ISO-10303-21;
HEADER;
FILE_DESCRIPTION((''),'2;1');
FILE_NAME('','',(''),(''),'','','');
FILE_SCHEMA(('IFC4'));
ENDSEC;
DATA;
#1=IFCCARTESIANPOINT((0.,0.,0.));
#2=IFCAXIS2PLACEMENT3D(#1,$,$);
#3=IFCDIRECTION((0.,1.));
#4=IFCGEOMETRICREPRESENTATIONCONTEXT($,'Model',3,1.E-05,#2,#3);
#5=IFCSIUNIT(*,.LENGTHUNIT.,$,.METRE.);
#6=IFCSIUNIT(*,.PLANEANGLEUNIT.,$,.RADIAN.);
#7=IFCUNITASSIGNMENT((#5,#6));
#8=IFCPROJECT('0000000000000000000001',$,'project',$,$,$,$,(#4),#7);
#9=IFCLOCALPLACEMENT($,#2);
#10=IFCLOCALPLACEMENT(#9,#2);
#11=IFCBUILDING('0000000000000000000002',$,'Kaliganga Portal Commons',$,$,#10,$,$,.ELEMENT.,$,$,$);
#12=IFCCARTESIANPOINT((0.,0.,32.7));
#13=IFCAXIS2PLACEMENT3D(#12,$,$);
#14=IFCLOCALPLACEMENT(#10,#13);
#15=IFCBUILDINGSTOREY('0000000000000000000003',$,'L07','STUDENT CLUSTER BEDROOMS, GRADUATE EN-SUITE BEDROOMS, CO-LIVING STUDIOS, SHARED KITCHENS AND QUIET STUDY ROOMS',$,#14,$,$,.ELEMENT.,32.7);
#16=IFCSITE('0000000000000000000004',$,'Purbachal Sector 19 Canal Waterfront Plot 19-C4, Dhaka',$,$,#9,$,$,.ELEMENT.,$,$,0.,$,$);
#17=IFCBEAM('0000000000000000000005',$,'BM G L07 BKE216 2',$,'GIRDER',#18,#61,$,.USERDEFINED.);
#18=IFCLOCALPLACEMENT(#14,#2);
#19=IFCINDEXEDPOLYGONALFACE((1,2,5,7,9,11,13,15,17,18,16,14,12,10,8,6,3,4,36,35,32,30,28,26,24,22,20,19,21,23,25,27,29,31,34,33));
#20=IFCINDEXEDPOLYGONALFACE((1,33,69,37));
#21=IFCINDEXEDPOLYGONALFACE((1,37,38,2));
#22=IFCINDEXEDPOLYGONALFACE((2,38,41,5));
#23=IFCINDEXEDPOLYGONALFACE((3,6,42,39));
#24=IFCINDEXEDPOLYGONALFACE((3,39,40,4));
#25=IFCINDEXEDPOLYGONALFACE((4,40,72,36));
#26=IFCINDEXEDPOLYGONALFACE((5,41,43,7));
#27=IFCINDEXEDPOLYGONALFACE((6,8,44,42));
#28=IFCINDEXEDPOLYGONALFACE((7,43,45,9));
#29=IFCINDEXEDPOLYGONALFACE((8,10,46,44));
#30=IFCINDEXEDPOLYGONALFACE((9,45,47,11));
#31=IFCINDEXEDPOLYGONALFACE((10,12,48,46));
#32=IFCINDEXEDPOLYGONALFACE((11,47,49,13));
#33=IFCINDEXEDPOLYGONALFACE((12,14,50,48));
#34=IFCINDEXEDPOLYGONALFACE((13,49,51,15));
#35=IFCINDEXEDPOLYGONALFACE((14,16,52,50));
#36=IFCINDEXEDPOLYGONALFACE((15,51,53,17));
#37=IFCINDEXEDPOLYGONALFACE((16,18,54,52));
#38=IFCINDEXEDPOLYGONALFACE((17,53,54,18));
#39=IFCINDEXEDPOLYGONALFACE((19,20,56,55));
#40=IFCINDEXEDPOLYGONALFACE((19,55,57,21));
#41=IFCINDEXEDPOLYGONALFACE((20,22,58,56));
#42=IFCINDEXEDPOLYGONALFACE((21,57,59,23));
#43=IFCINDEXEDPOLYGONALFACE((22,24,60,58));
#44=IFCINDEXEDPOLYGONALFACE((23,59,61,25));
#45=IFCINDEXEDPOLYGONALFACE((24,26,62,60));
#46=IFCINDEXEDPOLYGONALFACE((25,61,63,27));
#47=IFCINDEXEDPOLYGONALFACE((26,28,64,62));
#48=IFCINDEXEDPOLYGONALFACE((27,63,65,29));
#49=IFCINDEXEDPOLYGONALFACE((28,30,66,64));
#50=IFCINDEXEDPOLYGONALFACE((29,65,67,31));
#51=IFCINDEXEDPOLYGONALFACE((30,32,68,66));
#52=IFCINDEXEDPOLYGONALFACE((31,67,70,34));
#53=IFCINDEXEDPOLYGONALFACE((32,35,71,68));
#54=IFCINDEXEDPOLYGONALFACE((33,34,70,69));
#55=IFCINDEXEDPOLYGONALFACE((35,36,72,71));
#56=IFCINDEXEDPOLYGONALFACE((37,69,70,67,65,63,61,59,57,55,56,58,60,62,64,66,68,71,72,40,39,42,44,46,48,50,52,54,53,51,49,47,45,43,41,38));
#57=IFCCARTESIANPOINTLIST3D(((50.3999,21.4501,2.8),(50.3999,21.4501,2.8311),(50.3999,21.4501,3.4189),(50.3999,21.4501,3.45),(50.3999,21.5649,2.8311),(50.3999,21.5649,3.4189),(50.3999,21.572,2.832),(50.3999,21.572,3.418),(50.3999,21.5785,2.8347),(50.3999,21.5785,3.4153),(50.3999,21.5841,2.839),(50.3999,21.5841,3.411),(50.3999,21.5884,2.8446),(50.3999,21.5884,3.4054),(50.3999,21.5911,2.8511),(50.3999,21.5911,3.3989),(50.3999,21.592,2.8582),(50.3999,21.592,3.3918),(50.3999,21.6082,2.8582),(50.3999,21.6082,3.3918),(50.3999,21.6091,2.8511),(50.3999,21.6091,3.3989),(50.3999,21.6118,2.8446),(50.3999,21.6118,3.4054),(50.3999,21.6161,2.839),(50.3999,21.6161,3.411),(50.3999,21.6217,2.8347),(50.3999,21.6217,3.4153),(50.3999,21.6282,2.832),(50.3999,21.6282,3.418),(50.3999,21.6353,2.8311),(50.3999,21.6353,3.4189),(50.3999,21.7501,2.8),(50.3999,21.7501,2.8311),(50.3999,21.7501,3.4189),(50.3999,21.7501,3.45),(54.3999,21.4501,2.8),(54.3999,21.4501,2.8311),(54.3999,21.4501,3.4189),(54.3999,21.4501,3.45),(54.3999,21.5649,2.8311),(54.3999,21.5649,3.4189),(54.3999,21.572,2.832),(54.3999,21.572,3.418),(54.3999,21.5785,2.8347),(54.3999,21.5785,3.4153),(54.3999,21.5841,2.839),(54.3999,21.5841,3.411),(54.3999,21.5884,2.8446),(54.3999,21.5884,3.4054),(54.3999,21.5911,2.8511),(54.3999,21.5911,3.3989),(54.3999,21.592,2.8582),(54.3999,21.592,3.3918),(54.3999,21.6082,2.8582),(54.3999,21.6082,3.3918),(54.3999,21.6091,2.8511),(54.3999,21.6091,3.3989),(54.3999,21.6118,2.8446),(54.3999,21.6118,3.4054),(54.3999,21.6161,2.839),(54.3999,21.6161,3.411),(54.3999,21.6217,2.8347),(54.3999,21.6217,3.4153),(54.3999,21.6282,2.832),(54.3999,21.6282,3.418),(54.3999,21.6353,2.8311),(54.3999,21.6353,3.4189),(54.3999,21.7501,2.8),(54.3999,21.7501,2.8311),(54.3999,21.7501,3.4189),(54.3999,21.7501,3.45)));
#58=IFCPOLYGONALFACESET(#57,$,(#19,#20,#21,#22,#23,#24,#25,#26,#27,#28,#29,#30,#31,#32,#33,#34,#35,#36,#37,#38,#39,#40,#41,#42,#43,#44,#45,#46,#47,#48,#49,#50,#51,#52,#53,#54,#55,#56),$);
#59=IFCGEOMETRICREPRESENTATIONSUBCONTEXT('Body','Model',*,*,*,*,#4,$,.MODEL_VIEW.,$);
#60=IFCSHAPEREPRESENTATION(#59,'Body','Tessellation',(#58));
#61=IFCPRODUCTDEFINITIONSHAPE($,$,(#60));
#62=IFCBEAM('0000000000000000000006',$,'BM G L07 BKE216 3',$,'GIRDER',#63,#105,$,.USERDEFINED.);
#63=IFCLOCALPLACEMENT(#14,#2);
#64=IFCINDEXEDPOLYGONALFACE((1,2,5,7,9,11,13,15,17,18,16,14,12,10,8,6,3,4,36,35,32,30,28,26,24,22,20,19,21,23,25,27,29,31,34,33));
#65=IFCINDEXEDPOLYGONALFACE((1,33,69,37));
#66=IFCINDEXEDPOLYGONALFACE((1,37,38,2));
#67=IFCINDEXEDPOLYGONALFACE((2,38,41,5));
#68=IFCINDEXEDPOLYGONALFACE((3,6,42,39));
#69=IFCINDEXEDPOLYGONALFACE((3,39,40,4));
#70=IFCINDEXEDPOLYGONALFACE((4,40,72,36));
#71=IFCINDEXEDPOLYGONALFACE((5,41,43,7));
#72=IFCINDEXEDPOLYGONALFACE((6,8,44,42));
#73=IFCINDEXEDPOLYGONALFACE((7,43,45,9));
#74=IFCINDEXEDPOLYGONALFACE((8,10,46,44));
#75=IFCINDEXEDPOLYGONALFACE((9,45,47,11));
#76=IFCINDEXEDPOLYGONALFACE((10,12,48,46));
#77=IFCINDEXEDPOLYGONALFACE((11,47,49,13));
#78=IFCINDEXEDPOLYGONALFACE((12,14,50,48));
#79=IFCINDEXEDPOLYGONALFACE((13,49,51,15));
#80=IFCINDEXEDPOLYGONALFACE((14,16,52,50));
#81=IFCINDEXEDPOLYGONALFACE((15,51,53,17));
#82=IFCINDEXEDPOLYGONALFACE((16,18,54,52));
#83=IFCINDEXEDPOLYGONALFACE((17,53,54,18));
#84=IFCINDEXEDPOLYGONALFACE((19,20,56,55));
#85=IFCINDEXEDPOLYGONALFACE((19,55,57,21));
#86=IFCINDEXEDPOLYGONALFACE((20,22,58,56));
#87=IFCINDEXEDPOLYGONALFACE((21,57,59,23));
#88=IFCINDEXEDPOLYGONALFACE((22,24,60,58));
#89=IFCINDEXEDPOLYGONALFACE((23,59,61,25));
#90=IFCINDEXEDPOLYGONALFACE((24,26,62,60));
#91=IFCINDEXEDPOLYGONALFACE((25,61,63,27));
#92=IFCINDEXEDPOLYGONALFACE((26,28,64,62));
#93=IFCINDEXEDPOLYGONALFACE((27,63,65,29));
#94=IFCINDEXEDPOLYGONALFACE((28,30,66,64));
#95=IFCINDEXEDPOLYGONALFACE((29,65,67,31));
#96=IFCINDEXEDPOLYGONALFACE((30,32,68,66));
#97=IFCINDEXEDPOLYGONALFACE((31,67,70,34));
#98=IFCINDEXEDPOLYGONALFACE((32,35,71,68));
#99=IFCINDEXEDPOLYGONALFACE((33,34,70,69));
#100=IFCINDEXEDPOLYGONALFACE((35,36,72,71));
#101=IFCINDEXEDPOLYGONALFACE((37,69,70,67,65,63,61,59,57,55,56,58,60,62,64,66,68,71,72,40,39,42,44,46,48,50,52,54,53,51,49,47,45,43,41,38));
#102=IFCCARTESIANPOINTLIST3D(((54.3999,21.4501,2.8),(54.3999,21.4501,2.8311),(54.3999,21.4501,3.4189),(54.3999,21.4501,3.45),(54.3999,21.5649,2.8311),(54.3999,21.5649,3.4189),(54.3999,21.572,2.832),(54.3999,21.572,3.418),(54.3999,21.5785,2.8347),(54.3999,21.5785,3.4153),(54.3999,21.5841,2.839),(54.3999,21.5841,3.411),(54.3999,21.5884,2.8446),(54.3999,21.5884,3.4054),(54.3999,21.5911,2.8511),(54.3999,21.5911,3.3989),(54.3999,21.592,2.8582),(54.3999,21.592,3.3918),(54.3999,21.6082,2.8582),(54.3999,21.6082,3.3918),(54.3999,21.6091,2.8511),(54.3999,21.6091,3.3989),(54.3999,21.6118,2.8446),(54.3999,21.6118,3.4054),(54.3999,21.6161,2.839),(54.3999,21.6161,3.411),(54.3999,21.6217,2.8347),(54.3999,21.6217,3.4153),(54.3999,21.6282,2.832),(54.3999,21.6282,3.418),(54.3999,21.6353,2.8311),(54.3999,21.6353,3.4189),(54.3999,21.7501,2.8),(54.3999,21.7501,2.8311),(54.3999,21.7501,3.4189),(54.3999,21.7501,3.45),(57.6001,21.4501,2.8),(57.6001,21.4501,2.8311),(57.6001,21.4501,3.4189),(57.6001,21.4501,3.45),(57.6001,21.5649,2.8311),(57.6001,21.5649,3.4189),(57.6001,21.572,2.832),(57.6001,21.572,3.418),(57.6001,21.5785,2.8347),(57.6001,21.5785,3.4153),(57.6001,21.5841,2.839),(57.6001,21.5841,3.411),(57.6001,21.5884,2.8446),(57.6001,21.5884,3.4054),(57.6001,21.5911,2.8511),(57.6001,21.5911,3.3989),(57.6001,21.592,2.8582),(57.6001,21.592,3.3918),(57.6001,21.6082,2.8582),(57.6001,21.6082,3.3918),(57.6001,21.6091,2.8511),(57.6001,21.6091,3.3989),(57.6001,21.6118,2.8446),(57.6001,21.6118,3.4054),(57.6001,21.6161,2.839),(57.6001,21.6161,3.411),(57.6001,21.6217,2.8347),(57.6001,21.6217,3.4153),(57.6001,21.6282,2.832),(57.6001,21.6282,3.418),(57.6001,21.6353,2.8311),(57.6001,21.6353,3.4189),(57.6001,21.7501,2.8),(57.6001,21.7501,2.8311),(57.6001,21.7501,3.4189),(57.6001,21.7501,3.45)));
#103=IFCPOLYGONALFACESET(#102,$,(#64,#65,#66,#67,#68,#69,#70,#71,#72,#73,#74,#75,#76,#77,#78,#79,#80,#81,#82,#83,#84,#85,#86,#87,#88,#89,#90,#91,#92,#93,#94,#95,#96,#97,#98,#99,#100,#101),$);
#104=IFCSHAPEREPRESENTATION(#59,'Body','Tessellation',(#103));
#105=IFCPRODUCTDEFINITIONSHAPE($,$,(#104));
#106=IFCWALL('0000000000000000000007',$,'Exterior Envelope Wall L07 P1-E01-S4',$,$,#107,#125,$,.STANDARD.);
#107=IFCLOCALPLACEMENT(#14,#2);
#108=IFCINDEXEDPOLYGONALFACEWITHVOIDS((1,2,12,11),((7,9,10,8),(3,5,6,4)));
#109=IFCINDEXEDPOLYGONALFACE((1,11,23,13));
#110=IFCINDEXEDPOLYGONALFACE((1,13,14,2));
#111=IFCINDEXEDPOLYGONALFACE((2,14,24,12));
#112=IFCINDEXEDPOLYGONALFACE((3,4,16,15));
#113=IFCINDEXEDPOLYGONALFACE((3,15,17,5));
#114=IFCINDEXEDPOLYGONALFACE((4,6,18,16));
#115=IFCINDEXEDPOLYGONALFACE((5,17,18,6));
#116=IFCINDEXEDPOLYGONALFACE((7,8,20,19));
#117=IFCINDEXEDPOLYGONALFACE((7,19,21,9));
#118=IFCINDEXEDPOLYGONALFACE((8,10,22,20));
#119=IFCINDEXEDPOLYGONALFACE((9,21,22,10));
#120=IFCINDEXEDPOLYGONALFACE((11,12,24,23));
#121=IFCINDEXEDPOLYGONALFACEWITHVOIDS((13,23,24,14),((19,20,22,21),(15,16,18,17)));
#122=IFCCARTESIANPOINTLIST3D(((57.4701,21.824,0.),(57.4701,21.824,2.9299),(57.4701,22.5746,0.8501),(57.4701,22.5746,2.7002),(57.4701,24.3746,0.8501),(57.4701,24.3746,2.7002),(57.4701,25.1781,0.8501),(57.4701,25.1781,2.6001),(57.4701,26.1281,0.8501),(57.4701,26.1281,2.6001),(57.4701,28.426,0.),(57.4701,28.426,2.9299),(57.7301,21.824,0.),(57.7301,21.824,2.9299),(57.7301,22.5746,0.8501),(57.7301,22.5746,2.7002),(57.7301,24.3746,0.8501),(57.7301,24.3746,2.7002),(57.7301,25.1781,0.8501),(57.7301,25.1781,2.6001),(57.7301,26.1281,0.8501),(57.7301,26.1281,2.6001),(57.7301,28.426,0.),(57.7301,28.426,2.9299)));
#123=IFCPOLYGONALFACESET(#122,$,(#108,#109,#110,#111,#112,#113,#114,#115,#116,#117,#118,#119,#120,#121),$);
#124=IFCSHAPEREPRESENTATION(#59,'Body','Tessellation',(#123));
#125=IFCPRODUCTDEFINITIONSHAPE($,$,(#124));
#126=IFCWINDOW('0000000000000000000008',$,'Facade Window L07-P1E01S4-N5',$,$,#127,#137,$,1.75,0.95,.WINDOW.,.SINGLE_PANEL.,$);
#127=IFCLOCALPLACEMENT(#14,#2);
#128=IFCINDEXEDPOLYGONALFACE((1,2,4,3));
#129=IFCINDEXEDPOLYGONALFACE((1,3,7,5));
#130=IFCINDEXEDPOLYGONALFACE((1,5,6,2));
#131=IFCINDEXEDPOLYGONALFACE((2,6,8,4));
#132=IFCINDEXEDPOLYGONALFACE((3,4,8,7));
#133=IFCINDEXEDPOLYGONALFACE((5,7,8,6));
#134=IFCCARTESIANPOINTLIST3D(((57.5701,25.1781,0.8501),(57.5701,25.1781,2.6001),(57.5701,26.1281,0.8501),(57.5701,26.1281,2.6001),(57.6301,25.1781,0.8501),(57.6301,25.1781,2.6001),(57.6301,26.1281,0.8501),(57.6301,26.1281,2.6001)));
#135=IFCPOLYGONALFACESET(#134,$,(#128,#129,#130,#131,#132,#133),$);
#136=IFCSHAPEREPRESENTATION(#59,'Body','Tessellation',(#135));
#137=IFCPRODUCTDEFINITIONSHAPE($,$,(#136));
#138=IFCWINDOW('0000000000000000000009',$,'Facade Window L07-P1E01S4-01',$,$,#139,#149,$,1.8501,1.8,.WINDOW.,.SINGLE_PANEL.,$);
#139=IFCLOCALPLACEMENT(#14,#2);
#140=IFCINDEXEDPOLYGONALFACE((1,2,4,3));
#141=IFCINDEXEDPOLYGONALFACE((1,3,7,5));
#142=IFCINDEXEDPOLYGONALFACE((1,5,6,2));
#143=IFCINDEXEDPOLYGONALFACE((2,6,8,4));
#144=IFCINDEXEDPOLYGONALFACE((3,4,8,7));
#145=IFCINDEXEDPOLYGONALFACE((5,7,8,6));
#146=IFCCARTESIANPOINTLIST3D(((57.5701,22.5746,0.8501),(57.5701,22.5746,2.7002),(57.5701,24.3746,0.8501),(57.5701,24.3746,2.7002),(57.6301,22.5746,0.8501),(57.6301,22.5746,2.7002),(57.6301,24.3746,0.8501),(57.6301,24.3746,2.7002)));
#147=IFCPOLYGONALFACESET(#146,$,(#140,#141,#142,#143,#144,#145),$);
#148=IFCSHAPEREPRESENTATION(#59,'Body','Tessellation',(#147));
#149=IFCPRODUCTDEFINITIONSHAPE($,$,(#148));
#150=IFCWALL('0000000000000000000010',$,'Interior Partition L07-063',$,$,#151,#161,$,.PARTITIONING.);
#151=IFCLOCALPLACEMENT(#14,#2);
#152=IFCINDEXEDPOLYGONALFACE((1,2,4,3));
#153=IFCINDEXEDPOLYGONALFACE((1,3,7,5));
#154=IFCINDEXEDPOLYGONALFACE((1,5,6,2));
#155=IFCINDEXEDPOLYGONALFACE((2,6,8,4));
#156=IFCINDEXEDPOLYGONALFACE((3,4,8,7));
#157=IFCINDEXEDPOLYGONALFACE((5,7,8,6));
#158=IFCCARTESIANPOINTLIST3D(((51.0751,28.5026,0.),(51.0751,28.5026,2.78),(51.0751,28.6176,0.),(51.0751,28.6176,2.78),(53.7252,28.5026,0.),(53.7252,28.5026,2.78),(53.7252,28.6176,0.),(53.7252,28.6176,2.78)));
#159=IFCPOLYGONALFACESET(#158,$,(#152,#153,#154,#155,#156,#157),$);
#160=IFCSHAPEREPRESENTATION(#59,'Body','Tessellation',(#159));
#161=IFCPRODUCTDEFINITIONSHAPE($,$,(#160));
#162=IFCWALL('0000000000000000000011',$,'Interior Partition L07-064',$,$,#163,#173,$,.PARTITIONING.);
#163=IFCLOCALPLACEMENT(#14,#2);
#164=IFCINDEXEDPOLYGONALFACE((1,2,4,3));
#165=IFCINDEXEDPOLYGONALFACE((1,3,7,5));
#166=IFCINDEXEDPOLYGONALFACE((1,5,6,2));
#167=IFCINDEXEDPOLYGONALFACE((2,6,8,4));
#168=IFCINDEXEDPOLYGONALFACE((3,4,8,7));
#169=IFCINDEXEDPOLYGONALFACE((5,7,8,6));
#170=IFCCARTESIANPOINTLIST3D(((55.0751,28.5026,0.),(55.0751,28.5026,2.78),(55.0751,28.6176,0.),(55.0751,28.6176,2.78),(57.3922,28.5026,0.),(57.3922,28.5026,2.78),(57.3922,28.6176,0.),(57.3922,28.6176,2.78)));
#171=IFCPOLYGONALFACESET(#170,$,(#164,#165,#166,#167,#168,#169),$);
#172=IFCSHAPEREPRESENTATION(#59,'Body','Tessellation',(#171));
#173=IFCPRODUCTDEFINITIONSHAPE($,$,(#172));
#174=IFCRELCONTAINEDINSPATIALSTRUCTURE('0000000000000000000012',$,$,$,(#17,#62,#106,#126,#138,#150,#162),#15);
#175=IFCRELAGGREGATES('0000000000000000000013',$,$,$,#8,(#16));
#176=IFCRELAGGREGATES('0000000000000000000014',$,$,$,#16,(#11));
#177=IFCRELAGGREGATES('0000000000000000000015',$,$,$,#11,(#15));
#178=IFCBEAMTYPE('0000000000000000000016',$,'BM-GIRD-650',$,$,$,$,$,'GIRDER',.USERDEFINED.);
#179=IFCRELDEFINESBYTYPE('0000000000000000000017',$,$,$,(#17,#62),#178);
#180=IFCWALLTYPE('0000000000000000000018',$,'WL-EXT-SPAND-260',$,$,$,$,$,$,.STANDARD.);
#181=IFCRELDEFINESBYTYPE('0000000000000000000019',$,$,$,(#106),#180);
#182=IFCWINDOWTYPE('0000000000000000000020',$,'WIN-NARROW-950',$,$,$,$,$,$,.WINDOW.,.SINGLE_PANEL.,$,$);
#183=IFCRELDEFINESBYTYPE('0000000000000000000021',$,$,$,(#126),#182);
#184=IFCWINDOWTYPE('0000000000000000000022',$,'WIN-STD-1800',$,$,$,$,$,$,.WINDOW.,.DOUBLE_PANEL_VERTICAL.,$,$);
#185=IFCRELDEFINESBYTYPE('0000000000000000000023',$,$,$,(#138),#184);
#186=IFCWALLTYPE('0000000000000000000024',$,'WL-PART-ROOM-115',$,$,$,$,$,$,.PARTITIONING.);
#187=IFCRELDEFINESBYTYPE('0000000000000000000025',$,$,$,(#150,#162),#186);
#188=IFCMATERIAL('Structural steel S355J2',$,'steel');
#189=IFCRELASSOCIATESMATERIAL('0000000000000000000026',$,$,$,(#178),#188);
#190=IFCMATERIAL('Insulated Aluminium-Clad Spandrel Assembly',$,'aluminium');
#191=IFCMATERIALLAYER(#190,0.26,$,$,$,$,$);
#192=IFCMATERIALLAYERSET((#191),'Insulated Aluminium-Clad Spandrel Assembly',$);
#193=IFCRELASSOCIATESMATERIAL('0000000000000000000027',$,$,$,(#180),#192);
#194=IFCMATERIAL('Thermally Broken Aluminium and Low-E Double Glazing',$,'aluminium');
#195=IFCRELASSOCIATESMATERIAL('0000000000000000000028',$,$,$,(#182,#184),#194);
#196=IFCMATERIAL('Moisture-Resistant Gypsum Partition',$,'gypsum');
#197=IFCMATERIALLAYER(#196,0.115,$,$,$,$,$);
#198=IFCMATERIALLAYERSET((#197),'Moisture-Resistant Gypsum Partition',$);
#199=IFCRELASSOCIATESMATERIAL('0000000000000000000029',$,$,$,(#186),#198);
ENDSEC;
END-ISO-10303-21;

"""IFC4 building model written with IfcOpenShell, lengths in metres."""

from ifc_helpers import new_model, si_unit, direction, frame, frame_2d, origin, origin_2d, place, context, subcontext, project, spatial, rectangle, i_section, extrude, source, transform, mapped, material, layer, layer_set, material_profile, profile_set, type_object, element, fill, save


model = new_model("IFC4")

# Units and contexts
model_context = context("Model", 3, precision=1e-05, world=origin(), true_north=direction((0.0, 1.0)))
body_context = subcontext(model_context, "Body", "Model", "MODEL_VIEW")
ifc_project = project(units=[si_unit("LENGTHUNIT", "METRE"), si_unit("PLANEANGLEUNIT", "RADIAN")], contexts=[model_context])

# Site, building, storey
site_placement = place(None, origin())
site = spatial("IfcSite", under=ifc_project, at=site_placement, Name="Purbachal Sector 19 Canal Waterfront Plot 19-C4, Dhaka", CompositionType="ELEMENT", RefElevation=0.0)
building_placement = place(site_placement, origin())
building = spatial("IfcBuilding", under=site, at=building_placement, Name="Kaliganga Portal Commons", CompositionType="ELEMENT")
storey_placement = place(building_placement, frame((0.0, 0.0, 32.7)))
storey = spatial("IfcBuildingStorey", under=building, at=storey_placement, Name="L07", Description="STUDENT CLUSTER BEDROOMS, GRADUATE EN-SUITE BEDROOMS, CO-LIVING STUDIOS, SHARED KITCHENS AND QUIET STUDY ROOMS", CompositionType="ELEMENT", Elevation=32.7)

# Beams
ifc_material_1 = material(Name="Structural steel S355J2", Category="steel")
ifc_material_profile_1 = material_profile(ifc_material_1, i_section(OverallWidth=0.3, OverallDepth=0.6499, WebThickness=0.0161, FlangeThickness=0.031, FilletRadius=0.0271, at=origin_2d()), Name="HE 650 B")
ifc_profile_set_1 = profile_set([ifc_material_profile_1], Name="Structural steel S355J2 wide-flange")
beam_type_1 = type_object("IfcBeamType", Name="BM-GIRD-650", ElementType="GIRDER", PredefinedType="USERDEFINED", material=ifc_profile_set_1)
shared_shape_1 = source(origin(), body_context, "Body", "SweptSolid", [
    extrude(i_section(OverallWidth=0.3, OverallDepth=0.6499, WebThickness=0.0161, FlangeThickness=0.031, FilletRadius=0.0271, at=origin_2d()), origin(), (0.0, 0.0, 1.0), 4.0),
])
beam_1_placement = place(storey_placement, frame((50.3999, 21.6001, 3.125), z_axis=(1.0, 0.0, 0.0), x_axis=(0.0, 1.0, 0.0)))
element("IfcBeam", 1, at=beam_1_placement, inside=storey, type_object=beam_type_1, Name="BM G L07 BKE216 2", ObjectType="GIRDER", PredefinedType="USERDEFINED", context=body_context, shape_type="MappedRepresentation", body=[
    mapped(shared_shape_1, transform((0.0, 0.0, 0.0), x_axis=(1.0, 0.0, 0.0), y_axis=(0.0, 1.0, 0.0), z_axis=(0.0, 0.0, 1.0), scale=1.0)),
])
shared_shape_2 = source(origin(), body_context, "Body", "SweptSolid", [
    extrude(i_section(OverallWidth=0.3, OverallDepth=0.6499, WebThickness=0.0161, FlangeThickness=0.031, FilletRadius=0.0271, at=origin_2d()), origin(), (0.0, 0.0, 1.0), 3.2002),
])
beam_2_placement = place(storey_placement, frame((54.3999, 21.6001, 3.125), z_axis=(1.0, 0.0, 0.0), x_axis=(0.0, 1.0, 0.0)))
element("IfcBeam", 2, at=beam_2_placement, inside=storey, type_object=beam_type_1, Name="BM G L07 BKE216 3", ObjectType="GIRDER", PredefinedType="USERDEFINED", context=body_context, shape_type="MappedRepresentation", body=[
    mapped(shared_shape_2, transform((0.0, 0.0, 0.0), x_axis=(1.0, 0.0, 0.0), y_axis=(0.0, 1.0, 0.0), z_axis=(0.0, 0.0, 1.0), scale=1.0)),
])

# Wall, openings, windows
ifc_material_2 = material(Name="Insulated Aluminium-Clad Spandrel Assembly", Category="aluminium")
ifc_layer_1 = layer(ifc_material_2, 0.26)
ifc_layer_set_1 = layer_set([ifc_layer_1], Name="Insulated Aluminium-Clad Spandrel Assembly")
wall_type_1 = type_object("IfcWallType", Name="WL-EXT-SPAND-260", PredefinedType="STANDARD", material=ifc_layer_set_1)
wall_1_placement = place(storey_placement, frame((57.6001, 28.426, 0.0), z_axis=(0.0, 0.0, 1.0), x_axis=(0.0, -1.0, 0.0)))
wall_1 = element("IfcWall", 3, at=wall_1_placement, inside=storey, type_object=wall_type_1, Name="Exterior Envelope Wall L07 P1-E01-S4", PredefinedType="STANDARD", context=body_context, shape_type="SweptSolid", body=[
    extrude(rectangle(XDim=6.6021, YDim=0.26, at=frame_2d((3.301, 0.0))), origin(), (0.0, 0.0, 1.0), 2.9299),
])
opening_1_placement = place(wall_1_placement, frame((4.0515, 0.0, 0.8501)))
opening_1 = element("IfcOpeningElement", 4, at=opening_1_placement, cuts=wall_1, PredefinedType="OPENING", context=body_context, shape_type="SweptSolid", body=[
    extrude(rectangle(XDim=1.8, YDim=1.8501, at=frame_2d((0.8999, 0.925))), frame((0.0, 0.1401, 0.0), z_axis=(0.0, -1.0, 0.0), x_axis=(1.0, 0.0, 0.0)), (0.0, 0.0, 1.0), 0.28),
])
opening_2_placement = place(wall_1_placement, frame((2.2979, 0.0, 0.8501)))
opening_2 = element("IfcOpeningElement", 5, at=opening_2_placement, cuts=wall_1, PredefinedType="OPENING", context=body_context, shape_type="SweptSolid", body=[
    extrude(rectangle(XDim=0.95, YDim=1.75, at=frame_2d((0.4751, 0.875))), frame((0.0, 0.1401, 0.0), z_axis=(0.0, -1.0, 0.0), x_axis=(1.0, 0.0, 0.0)), (0.0, 0.0, 1.0), 0.28),
])
ifc_material_3 = material(Name="Thermally Broken Aluminium and Low-E Double Glazing", Category="aluminium")
window_type_1 = type_object("IfcWindowType", Name="WIN-NARROW-950", PartitioningType="SINGLE_PANEL", PredefinedType="WINDOW", material=ifc_material_3)
window_1_placement = place(opening_2_placement, origin())
window_1 = element("IfcWindow", 6, at=window_1_placement, inside=storey, type_object=window_type_1, Name="Facade Window L07-P1E01S4-N5", OverallHeight=1.75, OverallWidth=0.95, PartitioningType="SINGLE_PANEL", PredefinedType="WINDOW", context=body_context, shape_type="SweptSolid", body=[
    extrude(rectangle(XDim=0.95, YDim=1.75, at=frame_2d((0.4751, 0.875))), frame((0.0, 0.03, 0.0), z_axis=(0.0, -1.0, 0.0), x_axis=(1.0, 0.0, 0.0)), (0.0, 0.0, 1.0), 0.0601),
])
fill(opening_2, window_1)
window_type_2 = type_object("IfcWindowType", Name="WIN-STD-1800", PartitioningType="DOUBLE_PANEL_VERTICAL", PredefinedType="WINDOW", material=ifc_material_3)
window_2_placement = place(opening_1_placement, origin())
window_2 = element("IfcWindow", 7, at=window_2_placement, inside=storey, type_object=window_type_2, Name="Facade Window L07-P1E01S4-01", OverallHeight=1.8501, OverallWidth=1.8, PartitioningType="SINGLE_PANEL", PredefinedType="WINDOW", context=body_context, shape_type="SweptSolid", body=[
    extrude(rectangle(XDim=1.8, YDim=1.8501, at=frame_2d((0.8999, 0.925))), frame((0.0, 0.03, 0.0), z_axis=(0.0, -1.0, 0.0), x_axis=(1.0, 0.0, 0.0)), (0.0, 0.0, 1.0), 0.0601),
])
fill(opening_1, window_2)

# Walls
ifc_material_4 = material(Name="Moisture-Resistant Gypsum Partition", Category="gypsum")
ifc_layer_2 = layer(ifc_material_4, 0.115)
ifc_layer_set_2 = layer_set([ifc_layer_2], Name="Moisture-Resistant Gypsum Partition")
wall_type_2 = type_object("IfcWallType", Name="WL-PART-ROOM-115", PredefinedType="PARTITIONING", material=ifc_layer_set_2)
wall_2_placement = place(storey_placement, frame((51.075, 28.5601, 0.0), z_axis=(0.0, 0.0, 1.0), x_axis=(1.0, 0.0, 0.0)))
element("IfcWall", 8, at=wall_2_placement, inside=storey, type_object=wall_type_2, Name="Interior Partition L07-063", PredefinedType="PARTITIONING", context=body_context, shape_type="SweptSolid", body=[
    extrude(rectangle(XDim=2.6501, YDim=0.115, at=frame_2d((1.3252, 0.0))), origin(), (0.0, 0.0, 1.0), 2.78),
])
wall_3_placement = place(storey_placement, frame((55.075, 28.5601, 0.0), z_axis=(0.0, 0.0, 1.0), x_axis=(1.0, 0.0, 0.0)))
element("IfcWall", 9, at=wall_3_placement, inside=storey, type_object=wall_type_2, Name="Interior Partition L07-064", PredefinedType="PARTITIONING", context=body_context, shape_type="SweptSolid", body=[
    extrude(rectangle(XDim=2.3171, YDim=0.115, at=frame_2d((1.1587, 0.0))), origin(), (0.0, 0.0, 1.0), 2.78),
])

save(model, "model.ifc")
